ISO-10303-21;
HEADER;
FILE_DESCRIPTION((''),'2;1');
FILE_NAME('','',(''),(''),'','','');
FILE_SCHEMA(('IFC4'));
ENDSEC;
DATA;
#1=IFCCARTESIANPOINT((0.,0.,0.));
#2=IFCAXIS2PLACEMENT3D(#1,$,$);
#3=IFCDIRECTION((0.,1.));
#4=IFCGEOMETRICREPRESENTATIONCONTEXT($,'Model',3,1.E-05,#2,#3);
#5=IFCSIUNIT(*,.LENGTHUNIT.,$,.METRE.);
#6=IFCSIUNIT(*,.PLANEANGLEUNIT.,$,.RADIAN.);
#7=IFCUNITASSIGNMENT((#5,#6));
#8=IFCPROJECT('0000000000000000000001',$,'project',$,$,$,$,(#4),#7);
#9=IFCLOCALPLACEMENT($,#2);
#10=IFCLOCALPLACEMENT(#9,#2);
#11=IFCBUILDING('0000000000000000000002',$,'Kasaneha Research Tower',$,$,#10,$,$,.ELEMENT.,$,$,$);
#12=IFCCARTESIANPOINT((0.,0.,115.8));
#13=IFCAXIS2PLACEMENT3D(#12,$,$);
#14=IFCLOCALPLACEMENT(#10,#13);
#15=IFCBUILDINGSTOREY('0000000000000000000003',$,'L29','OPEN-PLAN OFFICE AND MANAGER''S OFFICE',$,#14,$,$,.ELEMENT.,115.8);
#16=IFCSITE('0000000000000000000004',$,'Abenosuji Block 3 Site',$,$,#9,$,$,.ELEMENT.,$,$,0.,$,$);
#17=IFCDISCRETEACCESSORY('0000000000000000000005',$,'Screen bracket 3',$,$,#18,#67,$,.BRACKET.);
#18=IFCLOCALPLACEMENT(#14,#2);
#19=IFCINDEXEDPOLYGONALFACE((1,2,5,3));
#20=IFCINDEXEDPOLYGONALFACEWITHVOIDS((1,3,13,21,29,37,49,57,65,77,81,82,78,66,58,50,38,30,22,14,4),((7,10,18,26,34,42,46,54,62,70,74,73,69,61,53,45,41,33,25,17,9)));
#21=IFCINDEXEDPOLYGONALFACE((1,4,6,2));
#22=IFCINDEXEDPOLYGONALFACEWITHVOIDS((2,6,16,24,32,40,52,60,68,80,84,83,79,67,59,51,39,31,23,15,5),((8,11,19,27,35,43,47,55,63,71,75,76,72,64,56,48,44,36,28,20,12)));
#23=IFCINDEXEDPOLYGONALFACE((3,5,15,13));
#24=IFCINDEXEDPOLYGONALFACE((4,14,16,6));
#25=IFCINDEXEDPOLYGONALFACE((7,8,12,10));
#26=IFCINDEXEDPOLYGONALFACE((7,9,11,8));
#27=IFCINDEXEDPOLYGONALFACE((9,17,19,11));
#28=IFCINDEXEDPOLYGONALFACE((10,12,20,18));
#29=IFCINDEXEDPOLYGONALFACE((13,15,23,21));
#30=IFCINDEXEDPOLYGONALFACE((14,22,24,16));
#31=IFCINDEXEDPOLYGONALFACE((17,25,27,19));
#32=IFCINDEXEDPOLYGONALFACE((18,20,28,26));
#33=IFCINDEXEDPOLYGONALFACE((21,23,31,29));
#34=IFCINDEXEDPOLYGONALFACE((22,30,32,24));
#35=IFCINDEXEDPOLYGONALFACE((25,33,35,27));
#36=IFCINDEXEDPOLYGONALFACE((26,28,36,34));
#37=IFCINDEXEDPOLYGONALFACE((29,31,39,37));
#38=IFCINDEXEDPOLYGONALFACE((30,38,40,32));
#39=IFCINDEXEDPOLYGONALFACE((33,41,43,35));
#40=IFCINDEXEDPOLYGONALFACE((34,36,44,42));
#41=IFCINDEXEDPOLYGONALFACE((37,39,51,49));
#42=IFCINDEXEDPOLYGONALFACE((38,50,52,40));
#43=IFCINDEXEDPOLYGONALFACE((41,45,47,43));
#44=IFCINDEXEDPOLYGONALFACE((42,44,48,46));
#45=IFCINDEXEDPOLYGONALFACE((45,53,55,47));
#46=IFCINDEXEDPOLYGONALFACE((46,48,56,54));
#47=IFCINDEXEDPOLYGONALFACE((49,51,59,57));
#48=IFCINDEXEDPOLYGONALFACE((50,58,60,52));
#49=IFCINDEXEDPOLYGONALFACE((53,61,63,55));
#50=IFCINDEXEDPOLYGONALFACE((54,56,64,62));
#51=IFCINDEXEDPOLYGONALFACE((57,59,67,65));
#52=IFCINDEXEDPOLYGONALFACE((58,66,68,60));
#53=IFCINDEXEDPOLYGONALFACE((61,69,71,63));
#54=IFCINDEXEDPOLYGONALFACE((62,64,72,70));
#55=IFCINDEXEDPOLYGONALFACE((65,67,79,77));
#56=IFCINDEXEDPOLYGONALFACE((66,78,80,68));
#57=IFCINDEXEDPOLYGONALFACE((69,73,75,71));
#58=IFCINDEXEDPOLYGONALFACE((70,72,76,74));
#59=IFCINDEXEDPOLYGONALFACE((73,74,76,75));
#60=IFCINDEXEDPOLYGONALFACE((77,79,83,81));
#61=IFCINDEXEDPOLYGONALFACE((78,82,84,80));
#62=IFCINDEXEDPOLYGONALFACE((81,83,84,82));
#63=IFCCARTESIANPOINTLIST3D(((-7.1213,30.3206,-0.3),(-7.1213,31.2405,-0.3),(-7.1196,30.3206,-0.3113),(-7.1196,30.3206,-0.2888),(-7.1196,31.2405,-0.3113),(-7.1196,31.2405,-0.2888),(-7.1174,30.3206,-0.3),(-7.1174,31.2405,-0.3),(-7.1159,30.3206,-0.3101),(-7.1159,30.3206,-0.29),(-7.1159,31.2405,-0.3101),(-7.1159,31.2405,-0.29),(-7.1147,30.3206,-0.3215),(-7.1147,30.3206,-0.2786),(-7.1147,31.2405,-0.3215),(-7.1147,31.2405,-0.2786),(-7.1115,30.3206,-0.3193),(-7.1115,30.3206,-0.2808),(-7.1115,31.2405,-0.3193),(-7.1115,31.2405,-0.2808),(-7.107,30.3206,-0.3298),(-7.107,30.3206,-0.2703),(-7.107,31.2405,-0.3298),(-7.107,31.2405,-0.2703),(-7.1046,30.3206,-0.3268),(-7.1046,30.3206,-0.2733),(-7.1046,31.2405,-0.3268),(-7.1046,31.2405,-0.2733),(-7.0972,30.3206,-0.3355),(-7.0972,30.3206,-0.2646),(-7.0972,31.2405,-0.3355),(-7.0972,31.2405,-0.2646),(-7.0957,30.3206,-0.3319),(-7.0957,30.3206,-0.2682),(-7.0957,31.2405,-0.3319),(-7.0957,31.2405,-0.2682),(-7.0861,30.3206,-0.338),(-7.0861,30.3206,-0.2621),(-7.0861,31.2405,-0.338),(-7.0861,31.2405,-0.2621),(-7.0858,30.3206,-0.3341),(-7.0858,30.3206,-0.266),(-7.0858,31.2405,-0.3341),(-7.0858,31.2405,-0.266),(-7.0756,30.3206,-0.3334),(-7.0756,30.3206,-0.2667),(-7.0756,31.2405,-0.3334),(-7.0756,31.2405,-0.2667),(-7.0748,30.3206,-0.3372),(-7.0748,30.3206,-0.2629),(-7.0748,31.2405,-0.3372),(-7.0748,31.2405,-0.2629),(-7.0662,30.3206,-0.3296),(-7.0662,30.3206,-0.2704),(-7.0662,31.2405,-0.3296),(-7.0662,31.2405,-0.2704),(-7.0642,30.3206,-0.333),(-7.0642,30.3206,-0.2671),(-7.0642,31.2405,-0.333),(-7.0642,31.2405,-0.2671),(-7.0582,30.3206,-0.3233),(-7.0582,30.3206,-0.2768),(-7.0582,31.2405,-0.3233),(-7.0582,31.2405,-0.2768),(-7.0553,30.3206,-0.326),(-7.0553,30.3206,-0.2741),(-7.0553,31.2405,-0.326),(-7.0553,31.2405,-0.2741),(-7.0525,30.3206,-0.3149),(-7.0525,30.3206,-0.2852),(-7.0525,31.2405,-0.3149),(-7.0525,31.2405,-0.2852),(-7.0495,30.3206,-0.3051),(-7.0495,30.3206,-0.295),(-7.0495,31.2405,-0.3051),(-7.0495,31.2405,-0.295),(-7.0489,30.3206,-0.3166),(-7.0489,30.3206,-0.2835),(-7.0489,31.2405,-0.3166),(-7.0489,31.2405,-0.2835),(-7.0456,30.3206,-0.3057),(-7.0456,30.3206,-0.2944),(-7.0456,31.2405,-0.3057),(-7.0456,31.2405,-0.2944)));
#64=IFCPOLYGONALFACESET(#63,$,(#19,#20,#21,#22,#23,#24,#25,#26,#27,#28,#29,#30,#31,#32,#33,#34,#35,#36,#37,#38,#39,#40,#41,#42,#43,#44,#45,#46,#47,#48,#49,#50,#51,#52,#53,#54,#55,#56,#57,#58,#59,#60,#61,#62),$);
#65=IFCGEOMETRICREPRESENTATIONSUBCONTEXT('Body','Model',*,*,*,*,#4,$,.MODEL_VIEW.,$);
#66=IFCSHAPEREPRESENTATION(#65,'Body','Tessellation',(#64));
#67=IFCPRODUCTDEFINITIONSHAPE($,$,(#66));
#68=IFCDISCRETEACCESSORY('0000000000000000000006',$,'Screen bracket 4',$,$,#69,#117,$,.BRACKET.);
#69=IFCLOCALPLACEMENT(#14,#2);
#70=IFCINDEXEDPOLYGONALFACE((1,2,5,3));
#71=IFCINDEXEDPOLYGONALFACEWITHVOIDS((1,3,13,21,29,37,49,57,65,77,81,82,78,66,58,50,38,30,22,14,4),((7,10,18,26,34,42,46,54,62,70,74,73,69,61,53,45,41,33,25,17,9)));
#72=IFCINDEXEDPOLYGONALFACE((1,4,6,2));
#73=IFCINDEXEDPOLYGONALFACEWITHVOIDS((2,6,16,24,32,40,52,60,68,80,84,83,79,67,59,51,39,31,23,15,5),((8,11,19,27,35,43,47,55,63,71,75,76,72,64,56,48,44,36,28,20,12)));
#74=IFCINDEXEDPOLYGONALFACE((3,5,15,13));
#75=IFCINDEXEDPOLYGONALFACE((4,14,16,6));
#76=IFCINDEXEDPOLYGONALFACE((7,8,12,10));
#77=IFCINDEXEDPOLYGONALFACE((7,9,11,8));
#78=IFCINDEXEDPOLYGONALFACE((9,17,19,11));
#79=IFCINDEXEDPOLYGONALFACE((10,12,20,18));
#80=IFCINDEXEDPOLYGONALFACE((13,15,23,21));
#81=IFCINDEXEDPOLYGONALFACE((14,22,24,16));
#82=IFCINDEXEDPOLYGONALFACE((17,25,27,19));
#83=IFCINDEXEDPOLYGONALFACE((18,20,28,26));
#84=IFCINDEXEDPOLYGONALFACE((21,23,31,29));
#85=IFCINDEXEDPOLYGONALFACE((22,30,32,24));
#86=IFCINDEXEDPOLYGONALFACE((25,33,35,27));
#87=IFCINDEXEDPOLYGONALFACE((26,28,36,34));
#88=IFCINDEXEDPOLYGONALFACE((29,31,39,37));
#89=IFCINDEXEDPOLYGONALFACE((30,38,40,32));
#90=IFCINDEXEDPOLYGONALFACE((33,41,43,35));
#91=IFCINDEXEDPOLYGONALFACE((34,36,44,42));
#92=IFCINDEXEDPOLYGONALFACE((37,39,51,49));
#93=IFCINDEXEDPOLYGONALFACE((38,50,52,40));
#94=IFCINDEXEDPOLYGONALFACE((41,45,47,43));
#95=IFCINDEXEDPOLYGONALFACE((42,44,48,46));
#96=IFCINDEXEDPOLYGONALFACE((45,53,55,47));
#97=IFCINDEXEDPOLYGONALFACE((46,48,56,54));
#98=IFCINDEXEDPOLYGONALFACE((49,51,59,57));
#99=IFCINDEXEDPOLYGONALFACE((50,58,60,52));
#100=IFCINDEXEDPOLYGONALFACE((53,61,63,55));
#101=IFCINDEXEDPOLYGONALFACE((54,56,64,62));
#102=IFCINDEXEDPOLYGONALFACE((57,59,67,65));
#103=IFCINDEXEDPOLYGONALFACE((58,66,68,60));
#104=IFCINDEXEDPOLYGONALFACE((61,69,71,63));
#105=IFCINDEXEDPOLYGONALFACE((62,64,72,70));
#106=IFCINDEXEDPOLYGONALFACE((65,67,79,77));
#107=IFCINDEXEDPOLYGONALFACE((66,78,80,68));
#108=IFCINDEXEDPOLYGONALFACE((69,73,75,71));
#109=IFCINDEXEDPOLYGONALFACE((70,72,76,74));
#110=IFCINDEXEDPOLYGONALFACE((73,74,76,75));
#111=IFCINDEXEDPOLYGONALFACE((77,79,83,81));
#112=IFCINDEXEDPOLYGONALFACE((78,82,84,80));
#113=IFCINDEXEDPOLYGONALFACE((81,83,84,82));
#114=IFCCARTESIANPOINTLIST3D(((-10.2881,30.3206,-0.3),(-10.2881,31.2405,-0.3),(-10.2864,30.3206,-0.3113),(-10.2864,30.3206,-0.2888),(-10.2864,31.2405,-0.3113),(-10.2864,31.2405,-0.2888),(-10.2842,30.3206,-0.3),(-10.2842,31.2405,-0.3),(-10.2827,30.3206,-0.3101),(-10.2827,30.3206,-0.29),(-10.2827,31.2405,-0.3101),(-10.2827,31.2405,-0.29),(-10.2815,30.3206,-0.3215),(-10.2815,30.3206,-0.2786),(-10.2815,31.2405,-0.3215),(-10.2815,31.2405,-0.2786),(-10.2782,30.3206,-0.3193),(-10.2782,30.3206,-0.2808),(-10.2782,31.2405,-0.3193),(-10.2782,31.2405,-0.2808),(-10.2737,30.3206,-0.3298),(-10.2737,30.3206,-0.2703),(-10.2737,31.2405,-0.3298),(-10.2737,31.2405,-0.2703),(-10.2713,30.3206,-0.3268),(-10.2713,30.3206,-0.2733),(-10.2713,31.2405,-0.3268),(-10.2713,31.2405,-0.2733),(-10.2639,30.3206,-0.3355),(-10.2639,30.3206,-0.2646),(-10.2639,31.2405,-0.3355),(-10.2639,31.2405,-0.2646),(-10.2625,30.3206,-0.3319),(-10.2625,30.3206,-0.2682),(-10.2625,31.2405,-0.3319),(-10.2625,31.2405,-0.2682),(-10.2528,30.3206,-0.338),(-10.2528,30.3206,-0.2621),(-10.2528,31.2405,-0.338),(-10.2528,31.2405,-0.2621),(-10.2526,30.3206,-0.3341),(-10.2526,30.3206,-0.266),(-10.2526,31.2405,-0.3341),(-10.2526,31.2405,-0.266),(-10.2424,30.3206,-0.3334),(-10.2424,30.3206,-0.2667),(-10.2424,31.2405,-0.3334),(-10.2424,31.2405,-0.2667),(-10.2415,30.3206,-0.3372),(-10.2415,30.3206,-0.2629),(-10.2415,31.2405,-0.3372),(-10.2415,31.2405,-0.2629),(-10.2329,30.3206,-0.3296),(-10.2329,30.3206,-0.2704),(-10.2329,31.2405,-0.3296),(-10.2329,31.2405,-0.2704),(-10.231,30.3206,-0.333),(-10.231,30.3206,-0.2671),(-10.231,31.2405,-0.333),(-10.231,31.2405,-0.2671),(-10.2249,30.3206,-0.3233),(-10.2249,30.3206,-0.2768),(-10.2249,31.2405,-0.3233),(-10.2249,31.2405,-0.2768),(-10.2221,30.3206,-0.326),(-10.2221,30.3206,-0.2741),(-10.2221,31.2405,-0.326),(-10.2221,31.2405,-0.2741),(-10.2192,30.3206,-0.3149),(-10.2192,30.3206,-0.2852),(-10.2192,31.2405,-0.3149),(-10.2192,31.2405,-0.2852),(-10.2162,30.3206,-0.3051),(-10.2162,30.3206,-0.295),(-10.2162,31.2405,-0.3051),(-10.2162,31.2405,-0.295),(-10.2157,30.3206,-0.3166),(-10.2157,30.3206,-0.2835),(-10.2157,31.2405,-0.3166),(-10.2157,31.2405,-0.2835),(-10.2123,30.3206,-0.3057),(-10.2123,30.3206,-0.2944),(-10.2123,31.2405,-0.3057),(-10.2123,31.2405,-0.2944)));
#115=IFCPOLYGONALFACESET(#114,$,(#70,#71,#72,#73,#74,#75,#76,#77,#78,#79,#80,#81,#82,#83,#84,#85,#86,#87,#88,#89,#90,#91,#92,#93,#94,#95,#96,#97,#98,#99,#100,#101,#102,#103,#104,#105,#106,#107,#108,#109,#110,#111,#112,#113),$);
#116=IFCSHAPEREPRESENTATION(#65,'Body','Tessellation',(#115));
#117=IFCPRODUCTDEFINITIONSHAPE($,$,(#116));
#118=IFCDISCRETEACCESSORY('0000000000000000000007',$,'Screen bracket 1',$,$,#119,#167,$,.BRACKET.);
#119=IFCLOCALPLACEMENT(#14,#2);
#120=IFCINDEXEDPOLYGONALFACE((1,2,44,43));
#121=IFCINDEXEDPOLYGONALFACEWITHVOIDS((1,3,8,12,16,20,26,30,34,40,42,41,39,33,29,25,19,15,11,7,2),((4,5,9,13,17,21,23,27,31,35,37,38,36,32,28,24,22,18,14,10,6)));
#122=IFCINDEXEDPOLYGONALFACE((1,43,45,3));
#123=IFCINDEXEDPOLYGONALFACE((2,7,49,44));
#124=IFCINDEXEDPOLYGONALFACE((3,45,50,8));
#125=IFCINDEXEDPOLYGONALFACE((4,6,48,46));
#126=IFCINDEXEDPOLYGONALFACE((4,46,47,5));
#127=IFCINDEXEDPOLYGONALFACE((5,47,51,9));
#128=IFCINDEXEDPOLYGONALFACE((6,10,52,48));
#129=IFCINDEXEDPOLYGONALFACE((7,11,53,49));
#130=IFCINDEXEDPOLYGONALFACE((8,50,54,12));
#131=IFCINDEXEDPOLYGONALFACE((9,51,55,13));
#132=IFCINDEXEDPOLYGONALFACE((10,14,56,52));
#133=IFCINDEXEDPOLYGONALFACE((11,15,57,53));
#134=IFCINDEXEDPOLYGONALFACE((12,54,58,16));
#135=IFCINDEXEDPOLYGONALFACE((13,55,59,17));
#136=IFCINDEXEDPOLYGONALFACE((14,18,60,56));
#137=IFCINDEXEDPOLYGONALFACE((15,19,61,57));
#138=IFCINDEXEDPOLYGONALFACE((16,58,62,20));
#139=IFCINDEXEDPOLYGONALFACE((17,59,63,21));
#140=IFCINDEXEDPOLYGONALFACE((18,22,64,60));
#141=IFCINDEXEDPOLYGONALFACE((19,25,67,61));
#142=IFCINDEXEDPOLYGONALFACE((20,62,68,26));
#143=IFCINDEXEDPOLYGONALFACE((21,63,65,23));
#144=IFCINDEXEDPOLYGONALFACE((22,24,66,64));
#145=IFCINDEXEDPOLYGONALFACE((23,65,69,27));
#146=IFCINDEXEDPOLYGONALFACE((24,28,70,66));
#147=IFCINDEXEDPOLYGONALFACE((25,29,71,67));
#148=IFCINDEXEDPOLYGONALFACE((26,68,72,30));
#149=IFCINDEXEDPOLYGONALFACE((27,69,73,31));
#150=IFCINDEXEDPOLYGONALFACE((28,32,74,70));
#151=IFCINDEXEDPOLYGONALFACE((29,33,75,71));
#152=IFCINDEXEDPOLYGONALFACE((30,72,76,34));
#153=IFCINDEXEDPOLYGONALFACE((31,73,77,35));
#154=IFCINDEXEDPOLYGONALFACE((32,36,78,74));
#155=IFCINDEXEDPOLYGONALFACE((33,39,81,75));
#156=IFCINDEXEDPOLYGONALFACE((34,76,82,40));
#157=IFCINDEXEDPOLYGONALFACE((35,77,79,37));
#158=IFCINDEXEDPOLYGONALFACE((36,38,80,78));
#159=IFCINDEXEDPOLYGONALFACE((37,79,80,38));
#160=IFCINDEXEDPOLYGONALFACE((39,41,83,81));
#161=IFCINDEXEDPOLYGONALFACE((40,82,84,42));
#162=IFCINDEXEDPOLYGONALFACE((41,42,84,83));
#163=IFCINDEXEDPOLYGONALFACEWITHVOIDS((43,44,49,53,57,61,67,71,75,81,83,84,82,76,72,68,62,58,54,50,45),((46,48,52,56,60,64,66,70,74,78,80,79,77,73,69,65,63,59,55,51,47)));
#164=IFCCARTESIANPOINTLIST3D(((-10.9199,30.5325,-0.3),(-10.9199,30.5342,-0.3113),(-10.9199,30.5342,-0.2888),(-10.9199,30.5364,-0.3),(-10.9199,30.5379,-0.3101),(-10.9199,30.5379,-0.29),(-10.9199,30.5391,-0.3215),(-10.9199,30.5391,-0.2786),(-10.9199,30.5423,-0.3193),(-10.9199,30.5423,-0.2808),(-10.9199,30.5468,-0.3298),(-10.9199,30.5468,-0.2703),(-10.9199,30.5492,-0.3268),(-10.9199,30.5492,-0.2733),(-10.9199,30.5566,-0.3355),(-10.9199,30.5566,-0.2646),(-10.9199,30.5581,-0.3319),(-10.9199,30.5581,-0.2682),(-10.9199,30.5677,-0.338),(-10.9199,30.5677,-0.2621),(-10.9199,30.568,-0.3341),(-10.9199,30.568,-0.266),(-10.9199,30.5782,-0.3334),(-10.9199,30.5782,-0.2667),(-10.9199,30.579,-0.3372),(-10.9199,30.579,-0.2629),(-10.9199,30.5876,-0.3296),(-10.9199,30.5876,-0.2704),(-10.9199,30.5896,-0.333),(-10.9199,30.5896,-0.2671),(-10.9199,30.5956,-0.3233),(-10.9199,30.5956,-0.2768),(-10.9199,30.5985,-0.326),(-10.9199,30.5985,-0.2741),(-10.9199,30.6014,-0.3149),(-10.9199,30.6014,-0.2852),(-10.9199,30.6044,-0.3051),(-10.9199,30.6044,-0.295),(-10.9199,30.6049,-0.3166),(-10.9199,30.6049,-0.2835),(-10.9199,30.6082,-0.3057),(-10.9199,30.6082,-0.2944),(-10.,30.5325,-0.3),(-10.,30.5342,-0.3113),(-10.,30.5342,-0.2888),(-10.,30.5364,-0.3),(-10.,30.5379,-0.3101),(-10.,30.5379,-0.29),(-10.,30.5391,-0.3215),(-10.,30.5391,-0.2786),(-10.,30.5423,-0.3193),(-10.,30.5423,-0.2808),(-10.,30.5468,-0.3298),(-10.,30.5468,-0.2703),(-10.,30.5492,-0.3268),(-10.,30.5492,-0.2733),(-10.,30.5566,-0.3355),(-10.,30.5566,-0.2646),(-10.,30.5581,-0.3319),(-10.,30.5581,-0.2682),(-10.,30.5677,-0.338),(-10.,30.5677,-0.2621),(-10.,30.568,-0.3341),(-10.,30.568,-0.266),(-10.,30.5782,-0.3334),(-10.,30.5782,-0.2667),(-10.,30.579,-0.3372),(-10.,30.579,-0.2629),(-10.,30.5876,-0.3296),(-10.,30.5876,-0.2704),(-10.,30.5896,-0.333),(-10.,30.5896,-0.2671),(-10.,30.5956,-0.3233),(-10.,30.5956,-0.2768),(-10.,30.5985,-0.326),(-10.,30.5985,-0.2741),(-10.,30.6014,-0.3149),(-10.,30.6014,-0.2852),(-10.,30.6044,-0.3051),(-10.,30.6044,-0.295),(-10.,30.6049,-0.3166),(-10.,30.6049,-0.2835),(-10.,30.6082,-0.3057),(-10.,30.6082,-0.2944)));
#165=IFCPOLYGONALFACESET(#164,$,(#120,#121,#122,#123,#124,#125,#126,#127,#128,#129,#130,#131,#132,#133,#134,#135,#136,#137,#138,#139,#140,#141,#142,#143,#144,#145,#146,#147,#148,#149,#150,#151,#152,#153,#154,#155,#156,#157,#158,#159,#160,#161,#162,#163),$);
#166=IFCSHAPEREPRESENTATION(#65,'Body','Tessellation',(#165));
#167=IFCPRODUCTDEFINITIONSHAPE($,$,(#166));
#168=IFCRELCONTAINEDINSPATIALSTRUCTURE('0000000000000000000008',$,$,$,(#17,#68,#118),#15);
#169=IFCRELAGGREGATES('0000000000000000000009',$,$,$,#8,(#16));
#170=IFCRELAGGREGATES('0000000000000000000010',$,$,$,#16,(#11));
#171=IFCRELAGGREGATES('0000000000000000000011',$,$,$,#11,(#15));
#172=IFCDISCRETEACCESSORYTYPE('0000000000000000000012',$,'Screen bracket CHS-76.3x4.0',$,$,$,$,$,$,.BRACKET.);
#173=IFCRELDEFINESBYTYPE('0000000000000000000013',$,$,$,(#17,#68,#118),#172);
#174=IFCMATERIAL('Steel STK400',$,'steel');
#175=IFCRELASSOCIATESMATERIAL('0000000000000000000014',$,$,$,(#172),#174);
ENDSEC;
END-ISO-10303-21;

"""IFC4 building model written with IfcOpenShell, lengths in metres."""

from ifc_helpers import new_model, si_unit, direction, frame, origin, origin_2d, place, context, subcontext, project, spatial, hollow_circle, extrude, material, material_profile, profile_set, type_object, element, save


model = new_model("IFC4")

# Units and contexts
model_context = context("Model", 3, precision=1e-05, world=origin(), true_north=direction((0.0, 1.0)))
body_context = subcontext(model_context, "Body", "Model", "MODEL_VIEW")
ifc_project = project(units=[si_unit("LENGTHUNIT", "METRE"), si_unit("PLANEANGLEUNIT", "RADIAN")], contexts=[model_context])

# Site, building, storey
site_placement = place(None, origin())
site = spatial("IfcSite", under=ifc_project, at=site_placement, Name="Abenosuji Block 3 Site", CompositionType="ELEMENT", RefElevation=0.0)
building_placement = place(site_placement, origin())
building = spatial("IfcBuilding", under=site, at=building_placement, Name="Kasaneha Research Tower", CompositionType="ELEMENT")
storey_placement = place(building_placement, frame((0.0, 0.0, 115.8)))
storey = spatial("IfcBuildingStorey", under=building, at=storey_placement, Name="L29", Description="OPEN-PLAN OFFICE AND MANAGER'S OFFICE", CompositionType="ELEMENT", Elevation=115.8)

# Discrete accessories
ifc_material_1 = material(Name="Steel STK400", Category="steel")
ifc_material_profile_1 = material_profile(ifc_material_1, hollow_circle(Radius=0.0381, WallThickness=0.0039, at=origin_2d()), Name="CHS-76.3x4.0")
ifc_profile_set_1 = profile_set([ifc_material_profile_1], Name="Steel STK400")
discrete_accessory_type = type_object("IfcDiscreteAccessoryType", Name="Screen bracket CHS-76.3x4.0", PredefinedType="BRACKET", material=ifc_profile_set_1)
for number, where, z_axis, x_axis, name in (
    (1, (-7.0833, 30.3206, -0.3), (0.0, 1.0, 0.0), (-1.0, 0.0, 0.0), "Screen bracket 3"),
    (2, (-10.25, 30.3206, -0.3), (0.0, 1.0, 0.0), (-1.0, 0.0, 0.0), "Screen bracket 4"),
    (3, (-10.0, 30.5706, -0.3), (-1.0, 0.0, 0.0), (0.0, -1.0, 0.0), "Screen bracket 1"),
):
    element("IfcDiscreteAccessory", number, at=place(storey_placement, frame(where, z_axis=z_axis, x_axis=x_axis)), inside=storey, type_object=discrete_accessory_type, Name=name, PredefinedType="BRACKET", context=body_context, shape_type="SweptSolid", body=[
        extrude(hollow_circle(Radius=0.0381, WallThickness=0.0039, at=origin_2d()), origin(), (0.0, 0.0, 1.0), 0.9199),
    ])

save(model, "model.ifc")
